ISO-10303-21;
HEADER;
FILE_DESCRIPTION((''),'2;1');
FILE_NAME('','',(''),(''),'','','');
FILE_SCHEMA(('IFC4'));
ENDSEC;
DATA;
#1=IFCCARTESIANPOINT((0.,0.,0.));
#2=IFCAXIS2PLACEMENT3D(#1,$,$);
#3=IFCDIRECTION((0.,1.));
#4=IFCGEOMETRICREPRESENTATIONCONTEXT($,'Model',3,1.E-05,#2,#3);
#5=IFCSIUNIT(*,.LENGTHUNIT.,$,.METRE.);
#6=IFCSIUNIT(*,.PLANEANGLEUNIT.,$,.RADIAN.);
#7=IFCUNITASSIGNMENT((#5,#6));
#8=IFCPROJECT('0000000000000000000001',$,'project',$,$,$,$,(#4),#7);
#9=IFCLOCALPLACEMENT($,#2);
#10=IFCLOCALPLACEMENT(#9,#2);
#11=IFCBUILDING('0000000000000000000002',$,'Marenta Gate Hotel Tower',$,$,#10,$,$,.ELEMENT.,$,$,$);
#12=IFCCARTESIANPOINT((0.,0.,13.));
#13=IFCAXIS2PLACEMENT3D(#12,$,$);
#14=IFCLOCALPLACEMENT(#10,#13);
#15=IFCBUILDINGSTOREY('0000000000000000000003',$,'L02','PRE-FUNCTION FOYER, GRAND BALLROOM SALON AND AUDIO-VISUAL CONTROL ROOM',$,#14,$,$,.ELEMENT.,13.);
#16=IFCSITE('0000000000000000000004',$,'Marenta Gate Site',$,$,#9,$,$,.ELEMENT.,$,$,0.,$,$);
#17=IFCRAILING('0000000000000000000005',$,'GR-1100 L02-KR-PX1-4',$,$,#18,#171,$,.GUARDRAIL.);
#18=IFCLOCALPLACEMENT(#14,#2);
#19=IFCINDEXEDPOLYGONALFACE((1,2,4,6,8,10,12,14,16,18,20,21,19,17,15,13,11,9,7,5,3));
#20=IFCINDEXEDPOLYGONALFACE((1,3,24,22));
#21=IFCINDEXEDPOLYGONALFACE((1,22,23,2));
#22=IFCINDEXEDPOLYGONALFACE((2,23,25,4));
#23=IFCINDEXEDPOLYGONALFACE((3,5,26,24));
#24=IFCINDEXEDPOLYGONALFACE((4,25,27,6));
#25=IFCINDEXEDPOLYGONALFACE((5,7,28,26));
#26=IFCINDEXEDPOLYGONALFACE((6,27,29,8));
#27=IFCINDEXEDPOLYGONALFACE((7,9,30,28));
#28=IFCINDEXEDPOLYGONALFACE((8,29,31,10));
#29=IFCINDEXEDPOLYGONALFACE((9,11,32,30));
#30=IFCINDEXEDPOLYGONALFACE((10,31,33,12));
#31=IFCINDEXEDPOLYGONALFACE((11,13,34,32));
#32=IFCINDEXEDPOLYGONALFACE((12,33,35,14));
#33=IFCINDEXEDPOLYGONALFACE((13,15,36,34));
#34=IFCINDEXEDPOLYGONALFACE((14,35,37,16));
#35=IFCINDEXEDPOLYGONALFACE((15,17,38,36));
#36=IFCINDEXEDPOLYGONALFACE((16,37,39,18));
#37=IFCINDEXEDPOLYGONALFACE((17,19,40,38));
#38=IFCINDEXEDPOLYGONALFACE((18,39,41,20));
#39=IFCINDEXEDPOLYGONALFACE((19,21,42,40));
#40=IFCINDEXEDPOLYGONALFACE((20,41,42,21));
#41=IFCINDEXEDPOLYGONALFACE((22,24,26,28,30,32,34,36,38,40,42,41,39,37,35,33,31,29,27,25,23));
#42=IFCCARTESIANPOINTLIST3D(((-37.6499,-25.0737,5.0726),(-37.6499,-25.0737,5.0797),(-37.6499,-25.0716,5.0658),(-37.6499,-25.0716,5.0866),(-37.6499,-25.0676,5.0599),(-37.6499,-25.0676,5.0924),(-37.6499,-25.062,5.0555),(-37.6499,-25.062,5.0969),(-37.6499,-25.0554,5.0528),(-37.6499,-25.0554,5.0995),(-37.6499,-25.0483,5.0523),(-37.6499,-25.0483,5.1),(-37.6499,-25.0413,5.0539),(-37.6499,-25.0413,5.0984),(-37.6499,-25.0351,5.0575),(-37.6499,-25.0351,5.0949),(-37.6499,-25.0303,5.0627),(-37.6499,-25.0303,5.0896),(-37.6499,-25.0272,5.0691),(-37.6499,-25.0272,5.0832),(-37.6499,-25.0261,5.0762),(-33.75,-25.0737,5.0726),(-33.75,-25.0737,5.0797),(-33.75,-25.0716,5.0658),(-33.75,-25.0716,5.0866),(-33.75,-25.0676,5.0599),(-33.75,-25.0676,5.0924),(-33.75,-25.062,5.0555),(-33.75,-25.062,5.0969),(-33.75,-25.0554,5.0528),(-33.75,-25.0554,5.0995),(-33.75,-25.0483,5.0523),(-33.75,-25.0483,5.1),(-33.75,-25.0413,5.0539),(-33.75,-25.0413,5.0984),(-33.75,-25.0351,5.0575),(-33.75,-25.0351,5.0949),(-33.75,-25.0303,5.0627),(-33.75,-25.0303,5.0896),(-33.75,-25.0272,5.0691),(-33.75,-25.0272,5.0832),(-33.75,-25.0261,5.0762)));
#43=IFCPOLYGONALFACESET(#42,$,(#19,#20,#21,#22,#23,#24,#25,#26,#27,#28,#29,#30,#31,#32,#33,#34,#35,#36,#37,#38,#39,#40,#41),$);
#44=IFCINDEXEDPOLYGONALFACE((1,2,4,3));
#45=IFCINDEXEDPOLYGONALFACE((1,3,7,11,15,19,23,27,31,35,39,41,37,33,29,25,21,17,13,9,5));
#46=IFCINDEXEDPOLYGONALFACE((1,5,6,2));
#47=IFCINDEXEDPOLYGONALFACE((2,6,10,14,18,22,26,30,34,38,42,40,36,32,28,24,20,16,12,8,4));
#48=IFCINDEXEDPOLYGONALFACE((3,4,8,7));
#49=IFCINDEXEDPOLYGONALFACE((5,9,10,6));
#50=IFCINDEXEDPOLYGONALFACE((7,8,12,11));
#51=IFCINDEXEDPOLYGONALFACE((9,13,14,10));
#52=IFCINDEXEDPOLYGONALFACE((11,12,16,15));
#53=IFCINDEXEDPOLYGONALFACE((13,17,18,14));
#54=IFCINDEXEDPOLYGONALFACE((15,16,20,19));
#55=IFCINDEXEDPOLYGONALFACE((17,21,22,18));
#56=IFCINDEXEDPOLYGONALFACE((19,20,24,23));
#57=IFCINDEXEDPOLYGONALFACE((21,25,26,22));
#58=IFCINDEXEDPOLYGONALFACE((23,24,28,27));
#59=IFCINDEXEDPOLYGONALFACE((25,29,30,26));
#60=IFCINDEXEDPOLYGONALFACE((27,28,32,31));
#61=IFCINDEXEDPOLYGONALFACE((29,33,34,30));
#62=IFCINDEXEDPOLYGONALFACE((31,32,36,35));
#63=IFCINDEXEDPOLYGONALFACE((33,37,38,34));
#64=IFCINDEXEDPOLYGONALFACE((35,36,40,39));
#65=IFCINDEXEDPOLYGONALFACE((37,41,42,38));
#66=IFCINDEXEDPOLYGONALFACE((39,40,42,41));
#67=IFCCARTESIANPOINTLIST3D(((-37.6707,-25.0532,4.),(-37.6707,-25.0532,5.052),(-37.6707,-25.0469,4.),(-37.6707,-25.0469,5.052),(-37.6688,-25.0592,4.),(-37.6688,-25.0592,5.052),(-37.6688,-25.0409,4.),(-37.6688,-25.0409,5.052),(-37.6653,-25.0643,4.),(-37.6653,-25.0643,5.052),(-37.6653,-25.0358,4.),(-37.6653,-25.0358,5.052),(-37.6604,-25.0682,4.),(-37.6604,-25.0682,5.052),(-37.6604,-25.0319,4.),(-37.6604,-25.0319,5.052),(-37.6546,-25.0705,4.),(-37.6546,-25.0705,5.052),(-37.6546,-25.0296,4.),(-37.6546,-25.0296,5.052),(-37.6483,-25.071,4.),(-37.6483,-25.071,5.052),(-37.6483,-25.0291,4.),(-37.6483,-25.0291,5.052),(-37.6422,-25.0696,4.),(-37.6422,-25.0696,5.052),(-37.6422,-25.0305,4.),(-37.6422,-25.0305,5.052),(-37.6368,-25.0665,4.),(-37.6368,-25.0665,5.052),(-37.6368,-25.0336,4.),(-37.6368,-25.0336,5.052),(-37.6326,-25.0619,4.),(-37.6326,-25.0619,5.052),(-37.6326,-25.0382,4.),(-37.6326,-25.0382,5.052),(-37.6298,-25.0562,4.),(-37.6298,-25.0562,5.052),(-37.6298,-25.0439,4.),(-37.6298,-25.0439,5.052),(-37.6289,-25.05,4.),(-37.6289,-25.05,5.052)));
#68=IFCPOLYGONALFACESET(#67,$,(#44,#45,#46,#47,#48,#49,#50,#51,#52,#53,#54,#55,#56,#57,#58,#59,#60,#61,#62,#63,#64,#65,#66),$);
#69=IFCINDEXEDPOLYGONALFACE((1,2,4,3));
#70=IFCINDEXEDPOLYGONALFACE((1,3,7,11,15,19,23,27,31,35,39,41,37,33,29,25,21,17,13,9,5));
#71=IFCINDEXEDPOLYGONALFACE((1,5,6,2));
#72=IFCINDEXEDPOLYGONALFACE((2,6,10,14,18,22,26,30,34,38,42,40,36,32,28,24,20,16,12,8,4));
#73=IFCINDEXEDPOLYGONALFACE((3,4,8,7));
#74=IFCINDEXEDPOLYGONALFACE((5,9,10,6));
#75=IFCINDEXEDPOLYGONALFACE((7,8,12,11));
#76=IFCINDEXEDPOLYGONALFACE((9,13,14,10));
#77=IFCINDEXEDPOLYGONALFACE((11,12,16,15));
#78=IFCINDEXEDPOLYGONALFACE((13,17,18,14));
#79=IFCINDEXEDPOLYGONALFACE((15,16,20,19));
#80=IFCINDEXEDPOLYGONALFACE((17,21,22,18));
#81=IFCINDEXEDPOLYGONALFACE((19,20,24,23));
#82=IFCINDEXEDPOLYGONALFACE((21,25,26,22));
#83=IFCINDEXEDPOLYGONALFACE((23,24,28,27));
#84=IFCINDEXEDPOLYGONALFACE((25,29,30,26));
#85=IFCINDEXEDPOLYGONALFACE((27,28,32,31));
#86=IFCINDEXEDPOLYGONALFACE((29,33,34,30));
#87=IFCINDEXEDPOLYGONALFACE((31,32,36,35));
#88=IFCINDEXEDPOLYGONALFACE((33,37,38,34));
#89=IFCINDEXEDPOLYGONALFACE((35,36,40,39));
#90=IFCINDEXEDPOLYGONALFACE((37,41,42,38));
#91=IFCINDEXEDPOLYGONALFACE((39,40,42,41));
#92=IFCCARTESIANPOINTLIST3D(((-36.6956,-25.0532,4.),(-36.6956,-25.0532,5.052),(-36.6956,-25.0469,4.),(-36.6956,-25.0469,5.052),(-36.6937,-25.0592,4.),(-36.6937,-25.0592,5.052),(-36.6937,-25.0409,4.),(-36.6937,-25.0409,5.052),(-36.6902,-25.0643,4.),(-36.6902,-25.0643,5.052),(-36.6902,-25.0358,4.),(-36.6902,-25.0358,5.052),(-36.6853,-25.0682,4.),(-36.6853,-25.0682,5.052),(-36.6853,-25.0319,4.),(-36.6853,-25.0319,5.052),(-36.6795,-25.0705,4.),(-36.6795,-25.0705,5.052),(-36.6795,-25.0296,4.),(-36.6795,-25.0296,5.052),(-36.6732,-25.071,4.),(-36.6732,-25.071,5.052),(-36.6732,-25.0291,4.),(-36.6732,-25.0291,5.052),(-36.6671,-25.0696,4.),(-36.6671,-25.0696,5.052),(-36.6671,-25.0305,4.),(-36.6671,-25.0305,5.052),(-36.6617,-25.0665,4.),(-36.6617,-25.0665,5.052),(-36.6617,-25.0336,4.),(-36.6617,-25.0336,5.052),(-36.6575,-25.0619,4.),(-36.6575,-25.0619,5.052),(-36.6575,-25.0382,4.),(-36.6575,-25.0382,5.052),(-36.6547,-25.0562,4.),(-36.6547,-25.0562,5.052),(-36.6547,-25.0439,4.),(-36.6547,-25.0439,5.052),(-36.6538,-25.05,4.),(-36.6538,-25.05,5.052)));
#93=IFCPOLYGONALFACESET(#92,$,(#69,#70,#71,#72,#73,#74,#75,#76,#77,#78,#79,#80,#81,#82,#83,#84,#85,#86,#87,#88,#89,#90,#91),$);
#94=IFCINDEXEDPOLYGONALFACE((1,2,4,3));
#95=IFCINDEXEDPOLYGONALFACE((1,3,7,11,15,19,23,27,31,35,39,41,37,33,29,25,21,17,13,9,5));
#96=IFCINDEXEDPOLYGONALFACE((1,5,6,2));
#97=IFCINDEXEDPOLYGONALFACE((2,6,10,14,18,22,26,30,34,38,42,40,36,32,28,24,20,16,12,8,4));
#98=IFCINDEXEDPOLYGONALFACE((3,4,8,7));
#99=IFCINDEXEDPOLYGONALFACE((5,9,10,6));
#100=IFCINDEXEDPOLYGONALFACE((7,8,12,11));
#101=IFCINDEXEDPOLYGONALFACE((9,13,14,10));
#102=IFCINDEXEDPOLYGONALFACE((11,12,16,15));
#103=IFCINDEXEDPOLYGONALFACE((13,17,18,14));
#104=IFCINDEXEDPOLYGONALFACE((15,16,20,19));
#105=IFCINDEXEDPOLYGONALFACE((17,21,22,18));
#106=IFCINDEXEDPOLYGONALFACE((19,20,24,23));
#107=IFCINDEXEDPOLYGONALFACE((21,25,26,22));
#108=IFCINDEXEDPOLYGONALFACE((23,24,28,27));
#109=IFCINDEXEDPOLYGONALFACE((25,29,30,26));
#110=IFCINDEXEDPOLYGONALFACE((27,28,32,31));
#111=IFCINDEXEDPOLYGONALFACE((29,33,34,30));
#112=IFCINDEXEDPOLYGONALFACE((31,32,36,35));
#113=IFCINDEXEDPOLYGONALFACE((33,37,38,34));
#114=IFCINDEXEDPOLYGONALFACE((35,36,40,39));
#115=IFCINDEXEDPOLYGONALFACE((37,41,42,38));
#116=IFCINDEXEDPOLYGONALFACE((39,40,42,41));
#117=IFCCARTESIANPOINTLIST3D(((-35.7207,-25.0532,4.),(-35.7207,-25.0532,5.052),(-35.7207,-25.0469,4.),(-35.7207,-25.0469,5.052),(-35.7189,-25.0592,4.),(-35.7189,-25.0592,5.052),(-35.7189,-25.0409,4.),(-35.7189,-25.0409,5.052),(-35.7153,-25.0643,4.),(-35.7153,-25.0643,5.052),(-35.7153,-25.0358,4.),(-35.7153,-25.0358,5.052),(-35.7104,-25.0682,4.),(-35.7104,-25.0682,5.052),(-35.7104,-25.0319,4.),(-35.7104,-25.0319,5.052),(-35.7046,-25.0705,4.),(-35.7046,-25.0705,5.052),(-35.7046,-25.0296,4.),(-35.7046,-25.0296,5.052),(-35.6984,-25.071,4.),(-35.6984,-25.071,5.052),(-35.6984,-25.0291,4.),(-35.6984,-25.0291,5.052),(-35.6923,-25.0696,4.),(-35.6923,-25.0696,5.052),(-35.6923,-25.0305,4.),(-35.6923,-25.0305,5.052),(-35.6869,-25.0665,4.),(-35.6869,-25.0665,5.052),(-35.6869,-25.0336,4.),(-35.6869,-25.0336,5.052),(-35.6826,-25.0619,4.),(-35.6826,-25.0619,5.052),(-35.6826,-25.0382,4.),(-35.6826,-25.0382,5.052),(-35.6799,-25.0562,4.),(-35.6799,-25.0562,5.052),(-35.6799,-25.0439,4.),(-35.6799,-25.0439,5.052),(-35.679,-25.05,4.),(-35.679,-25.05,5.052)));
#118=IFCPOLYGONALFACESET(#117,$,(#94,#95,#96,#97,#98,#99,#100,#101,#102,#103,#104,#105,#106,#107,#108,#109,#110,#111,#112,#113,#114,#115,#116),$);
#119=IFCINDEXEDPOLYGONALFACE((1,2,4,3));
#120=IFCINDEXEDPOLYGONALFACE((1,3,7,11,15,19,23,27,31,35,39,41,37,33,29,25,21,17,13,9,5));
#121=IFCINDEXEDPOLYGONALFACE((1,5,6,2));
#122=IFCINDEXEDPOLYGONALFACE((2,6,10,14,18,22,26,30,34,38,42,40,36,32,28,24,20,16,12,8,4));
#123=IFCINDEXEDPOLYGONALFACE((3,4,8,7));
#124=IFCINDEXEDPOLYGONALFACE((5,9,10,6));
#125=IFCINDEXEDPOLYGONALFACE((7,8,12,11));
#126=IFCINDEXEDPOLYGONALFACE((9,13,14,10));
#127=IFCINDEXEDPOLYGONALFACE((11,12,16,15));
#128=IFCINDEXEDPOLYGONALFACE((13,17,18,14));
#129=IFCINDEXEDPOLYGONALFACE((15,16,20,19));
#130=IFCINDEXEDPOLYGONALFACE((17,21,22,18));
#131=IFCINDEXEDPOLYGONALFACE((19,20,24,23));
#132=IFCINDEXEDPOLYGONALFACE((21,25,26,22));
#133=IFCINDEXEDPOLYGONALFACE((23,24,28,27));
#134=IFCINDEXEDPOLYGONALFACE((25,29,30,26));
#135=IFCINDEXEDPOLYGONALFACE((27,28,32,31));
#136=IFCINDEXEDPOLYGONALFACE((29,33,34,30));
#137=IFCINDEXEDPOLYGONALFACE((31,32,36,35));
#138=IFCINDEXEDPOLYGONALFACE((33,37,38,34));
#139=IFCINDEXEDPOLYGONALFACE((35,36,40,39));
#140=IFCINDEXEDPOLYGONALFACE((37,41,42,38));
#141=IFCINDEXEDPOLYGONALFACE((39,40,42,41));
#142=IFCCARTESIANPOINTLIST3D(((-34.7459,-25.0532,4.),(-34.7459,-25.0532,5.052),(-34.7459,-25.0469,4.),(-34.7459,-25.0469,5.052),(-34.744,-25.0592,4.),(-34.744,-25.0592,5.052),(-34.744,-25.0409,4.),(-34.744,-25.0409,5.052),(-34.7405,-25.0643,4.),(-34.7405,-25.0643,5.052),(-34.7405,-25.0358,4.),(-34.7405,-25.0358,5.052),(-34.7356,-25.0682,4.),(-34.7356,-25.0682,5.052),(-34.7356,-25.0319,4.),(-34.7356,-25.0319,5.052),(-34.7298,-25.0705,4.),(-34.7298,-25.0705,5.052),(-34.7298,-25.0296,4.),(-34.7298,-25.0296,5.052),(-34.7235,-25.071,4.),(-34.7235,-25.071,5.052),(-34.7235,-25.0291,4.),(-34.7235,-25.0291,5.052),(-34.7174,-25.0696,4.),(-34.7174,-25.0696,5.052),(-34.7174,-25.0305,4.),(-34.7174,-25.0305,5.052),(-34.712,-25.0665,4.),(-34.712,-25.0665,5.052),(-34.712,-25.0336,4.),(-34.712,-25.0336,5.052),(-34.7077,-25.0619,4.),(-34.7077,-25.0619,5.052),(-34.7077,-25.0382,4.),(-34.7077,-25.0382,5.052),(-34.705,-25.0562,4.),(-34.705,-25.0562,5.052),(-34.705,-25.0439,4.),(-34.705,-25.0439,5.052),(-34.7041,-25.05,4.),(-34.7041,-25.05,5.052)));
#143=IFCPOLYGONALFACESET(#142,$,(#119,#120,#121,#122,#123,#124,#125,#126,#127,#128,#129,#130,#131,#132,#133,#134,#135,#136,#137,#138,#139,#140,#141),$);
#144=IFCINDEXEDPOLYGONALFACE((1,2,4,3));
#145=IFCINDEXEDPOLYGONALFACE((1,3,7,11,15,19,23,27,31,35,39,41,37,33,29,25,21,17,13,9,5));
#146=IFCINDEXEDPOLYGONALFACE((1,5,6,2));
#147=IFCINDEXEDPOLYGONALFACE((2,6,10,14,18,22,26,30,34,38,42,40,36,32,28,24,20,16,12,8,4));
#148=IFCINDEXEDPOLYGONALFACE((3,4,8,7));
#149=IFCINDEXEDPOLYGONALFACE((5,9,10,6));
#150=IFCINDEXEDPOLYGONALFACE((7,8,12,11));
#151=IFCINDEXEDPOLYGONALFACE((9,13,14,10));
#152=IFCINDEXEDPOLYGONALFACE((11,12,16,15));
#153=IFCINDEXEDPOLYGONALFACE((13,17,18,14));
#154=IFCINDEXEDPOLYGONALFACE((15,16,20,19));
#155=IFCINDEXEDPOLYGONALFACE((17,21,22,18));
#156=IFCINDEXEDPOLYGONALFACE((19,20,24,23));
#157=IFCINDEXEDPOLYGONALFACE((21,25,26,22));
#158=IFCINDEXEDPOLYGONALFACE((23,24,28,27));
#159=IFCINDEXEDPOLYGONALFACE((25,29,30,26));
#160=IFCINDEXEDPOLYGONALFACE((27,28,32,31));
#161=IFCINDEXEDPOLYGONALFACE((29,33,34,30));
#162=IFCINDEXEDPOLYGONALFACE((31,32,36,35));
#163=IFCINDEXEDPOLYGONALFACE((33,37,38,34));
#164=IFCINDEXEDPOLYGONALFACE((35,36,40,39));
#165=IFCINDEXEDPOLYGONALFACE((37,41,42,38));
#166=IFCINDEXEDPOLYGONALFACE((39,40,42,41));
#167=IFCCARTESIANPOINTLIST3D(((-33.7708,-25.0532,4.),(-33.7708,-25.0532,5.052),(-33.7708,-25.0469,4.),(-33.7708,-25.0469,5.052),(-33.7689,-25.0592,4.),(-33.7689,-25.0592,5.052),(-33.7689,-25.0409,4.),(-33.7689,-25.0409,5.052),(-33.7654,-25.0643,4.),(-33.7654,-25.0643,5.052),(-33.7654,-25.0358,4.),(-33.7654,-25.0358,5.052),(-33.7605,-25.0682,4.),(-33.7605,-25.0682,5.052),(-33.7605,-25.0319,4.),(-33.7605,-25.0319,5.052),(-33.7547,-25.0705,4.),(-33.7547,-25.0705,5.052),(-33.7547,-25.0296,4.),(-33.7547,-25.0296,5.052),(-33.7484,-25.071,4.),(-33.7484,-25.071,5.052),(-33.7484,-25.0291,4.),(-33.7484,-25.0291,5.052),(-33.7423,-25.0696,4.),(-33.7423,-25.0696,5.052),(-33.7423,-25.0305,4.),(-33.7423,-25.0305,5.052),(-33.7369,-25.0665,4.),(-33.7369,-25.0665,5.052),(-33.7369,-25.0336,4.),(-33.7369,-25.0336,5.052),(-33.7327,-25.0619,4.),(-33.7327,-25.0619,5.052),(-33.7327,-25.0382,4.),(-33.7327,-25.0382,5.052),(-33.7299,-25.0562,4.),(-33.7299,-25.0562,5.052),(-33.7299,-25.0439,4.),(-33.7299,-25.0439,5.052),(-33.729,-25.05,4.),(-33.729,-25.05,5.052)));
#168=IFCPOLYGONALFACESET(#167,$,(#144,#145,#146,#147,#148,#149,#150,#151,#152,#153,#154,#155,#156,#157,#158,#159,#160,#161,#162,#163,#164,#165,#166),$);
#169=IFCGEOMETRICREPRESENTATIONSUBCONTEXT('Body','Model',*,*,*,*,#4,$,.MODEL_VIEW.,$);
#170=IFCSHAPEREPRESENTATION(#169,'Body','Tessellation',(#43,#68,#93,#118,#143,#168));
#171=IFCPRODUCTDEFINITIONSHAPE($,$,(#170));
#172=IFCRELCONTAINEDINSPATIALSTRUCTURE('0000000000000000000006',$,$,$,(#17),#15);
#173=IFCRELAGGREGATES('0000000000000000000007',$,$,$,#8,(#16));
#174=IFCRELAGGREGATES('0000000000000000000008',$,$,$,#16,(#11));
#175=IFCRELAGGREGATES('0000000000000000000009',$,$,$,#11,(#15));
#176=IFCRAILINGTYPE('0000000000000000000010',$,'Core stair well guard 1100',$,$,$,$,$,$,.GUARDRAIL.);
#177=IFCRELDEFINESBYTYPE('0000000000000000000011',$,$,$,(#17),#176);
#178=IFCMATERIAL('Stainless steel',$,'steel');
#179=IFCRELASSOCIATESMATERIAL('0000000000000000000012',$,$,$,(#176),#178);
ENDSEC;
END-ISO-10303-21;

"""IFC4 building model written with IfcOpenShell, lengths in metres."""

from ifc_helpers import new_model, si_unit, direction, frame, origin, origin_2d, place, context, subcontext, project, spatial, circle, extrude, material, type_object, element, save


model = new_model("IFC4")

# Units and contexts
model_context = context("Model", 3, precision=1e-05, world=origin(), true_north=direction((0.0, 1.0)))
body_context = subcontext(model_context, "Body", "Model", "MODEL_VIEW")
ifc_project = project(units=[si_unit("LENGTHUNIT", "METRE"), si_unit("PLANEANGLEUNIT", "RADIAN")], contexts=[model_context])

# Site, building, storey
site_placement = place(None, origin())
site = spatial("IfcSite", under=ifc_project, at=site_placement, Name="Marenta Gate Site", CompositionType="ELEMENT", RefElevation=0.0)
building_placement = place(site_placement, origin())
building = spatial("IfcBuilding", under=site, at=building_placement, Name="Marenta Gate Hotel Tower", CompositionType="ELEMENT")
storey_placement = place(building_placement, frame((0.0, 0.0, 13.0)))
storey = spatial("IfcBuildingStorey", under=building, at=storey_placement, Name="L02", Description="PRE-FUNCTION FOYER, GRAND BALLROOM SALON AND AUDIO-VISUAL CONTROL ROOM", CompositionType="ELEMENT", Elevation=13.0)

# Railing
ifc_material_1 = material(Name="Stainless steel", Category="steel")
railing_type_1 = type_object("IfcRailingType", Name="Core stair well guard 1100", PredefinedType="GUARDRAIL", material=ifc_material_1)
for number, where, name in (
    (1, (-37.6499, -25.05, 4.0), "GR-1100 L02-KR-PX1-4"),
):
    element("IfcRailing", number, at=place(storey_placement, frame(where)), inside=storey, type_object=railing_type_1, Name=name, PredefinedType="GUARDRAIL", context=body_context, shape_type="SweptSolid", body=[
        extrude(circle(Radius=0.0239, at=origin_2d()), frame((0.0, 0.0, 1.0762), z_axis=(1.0, 0.0, 0.0), x_axis=(0.0, 1.0, 0.0)), (0.0, 0.0, 1.0), 3.8999),
        extrude(circle(Radius=0.021, at=origin_2d()), origin(), (0.0, 0.0, 1.0), 1.052),
        extrude(circle(Radius=0.021, at=origin_2d()), frame((0.9751, 0.0, 0.0)), (0.0, 0.0, 1.0), 1.052),
        extrude(circle(Radius=0.021, at=origin_2d()), frame((1.95, 0.0, 0.0)), (0.0, 0.0, 1.0), 1.052),
        extrude(circle(Radius=0.021, at=origin_2d()), frame((2.9248, 0.0, 0.0)), (0.0, 0.0, 1.0), 1.052),
        extrude(circle(Radius=0.021, at=origin_2d()), frame((3.8999, 0.0, 0.0)), (0.0, 0.0, 1.0), 1.052),
    ])

save(model, "model.ifc")
